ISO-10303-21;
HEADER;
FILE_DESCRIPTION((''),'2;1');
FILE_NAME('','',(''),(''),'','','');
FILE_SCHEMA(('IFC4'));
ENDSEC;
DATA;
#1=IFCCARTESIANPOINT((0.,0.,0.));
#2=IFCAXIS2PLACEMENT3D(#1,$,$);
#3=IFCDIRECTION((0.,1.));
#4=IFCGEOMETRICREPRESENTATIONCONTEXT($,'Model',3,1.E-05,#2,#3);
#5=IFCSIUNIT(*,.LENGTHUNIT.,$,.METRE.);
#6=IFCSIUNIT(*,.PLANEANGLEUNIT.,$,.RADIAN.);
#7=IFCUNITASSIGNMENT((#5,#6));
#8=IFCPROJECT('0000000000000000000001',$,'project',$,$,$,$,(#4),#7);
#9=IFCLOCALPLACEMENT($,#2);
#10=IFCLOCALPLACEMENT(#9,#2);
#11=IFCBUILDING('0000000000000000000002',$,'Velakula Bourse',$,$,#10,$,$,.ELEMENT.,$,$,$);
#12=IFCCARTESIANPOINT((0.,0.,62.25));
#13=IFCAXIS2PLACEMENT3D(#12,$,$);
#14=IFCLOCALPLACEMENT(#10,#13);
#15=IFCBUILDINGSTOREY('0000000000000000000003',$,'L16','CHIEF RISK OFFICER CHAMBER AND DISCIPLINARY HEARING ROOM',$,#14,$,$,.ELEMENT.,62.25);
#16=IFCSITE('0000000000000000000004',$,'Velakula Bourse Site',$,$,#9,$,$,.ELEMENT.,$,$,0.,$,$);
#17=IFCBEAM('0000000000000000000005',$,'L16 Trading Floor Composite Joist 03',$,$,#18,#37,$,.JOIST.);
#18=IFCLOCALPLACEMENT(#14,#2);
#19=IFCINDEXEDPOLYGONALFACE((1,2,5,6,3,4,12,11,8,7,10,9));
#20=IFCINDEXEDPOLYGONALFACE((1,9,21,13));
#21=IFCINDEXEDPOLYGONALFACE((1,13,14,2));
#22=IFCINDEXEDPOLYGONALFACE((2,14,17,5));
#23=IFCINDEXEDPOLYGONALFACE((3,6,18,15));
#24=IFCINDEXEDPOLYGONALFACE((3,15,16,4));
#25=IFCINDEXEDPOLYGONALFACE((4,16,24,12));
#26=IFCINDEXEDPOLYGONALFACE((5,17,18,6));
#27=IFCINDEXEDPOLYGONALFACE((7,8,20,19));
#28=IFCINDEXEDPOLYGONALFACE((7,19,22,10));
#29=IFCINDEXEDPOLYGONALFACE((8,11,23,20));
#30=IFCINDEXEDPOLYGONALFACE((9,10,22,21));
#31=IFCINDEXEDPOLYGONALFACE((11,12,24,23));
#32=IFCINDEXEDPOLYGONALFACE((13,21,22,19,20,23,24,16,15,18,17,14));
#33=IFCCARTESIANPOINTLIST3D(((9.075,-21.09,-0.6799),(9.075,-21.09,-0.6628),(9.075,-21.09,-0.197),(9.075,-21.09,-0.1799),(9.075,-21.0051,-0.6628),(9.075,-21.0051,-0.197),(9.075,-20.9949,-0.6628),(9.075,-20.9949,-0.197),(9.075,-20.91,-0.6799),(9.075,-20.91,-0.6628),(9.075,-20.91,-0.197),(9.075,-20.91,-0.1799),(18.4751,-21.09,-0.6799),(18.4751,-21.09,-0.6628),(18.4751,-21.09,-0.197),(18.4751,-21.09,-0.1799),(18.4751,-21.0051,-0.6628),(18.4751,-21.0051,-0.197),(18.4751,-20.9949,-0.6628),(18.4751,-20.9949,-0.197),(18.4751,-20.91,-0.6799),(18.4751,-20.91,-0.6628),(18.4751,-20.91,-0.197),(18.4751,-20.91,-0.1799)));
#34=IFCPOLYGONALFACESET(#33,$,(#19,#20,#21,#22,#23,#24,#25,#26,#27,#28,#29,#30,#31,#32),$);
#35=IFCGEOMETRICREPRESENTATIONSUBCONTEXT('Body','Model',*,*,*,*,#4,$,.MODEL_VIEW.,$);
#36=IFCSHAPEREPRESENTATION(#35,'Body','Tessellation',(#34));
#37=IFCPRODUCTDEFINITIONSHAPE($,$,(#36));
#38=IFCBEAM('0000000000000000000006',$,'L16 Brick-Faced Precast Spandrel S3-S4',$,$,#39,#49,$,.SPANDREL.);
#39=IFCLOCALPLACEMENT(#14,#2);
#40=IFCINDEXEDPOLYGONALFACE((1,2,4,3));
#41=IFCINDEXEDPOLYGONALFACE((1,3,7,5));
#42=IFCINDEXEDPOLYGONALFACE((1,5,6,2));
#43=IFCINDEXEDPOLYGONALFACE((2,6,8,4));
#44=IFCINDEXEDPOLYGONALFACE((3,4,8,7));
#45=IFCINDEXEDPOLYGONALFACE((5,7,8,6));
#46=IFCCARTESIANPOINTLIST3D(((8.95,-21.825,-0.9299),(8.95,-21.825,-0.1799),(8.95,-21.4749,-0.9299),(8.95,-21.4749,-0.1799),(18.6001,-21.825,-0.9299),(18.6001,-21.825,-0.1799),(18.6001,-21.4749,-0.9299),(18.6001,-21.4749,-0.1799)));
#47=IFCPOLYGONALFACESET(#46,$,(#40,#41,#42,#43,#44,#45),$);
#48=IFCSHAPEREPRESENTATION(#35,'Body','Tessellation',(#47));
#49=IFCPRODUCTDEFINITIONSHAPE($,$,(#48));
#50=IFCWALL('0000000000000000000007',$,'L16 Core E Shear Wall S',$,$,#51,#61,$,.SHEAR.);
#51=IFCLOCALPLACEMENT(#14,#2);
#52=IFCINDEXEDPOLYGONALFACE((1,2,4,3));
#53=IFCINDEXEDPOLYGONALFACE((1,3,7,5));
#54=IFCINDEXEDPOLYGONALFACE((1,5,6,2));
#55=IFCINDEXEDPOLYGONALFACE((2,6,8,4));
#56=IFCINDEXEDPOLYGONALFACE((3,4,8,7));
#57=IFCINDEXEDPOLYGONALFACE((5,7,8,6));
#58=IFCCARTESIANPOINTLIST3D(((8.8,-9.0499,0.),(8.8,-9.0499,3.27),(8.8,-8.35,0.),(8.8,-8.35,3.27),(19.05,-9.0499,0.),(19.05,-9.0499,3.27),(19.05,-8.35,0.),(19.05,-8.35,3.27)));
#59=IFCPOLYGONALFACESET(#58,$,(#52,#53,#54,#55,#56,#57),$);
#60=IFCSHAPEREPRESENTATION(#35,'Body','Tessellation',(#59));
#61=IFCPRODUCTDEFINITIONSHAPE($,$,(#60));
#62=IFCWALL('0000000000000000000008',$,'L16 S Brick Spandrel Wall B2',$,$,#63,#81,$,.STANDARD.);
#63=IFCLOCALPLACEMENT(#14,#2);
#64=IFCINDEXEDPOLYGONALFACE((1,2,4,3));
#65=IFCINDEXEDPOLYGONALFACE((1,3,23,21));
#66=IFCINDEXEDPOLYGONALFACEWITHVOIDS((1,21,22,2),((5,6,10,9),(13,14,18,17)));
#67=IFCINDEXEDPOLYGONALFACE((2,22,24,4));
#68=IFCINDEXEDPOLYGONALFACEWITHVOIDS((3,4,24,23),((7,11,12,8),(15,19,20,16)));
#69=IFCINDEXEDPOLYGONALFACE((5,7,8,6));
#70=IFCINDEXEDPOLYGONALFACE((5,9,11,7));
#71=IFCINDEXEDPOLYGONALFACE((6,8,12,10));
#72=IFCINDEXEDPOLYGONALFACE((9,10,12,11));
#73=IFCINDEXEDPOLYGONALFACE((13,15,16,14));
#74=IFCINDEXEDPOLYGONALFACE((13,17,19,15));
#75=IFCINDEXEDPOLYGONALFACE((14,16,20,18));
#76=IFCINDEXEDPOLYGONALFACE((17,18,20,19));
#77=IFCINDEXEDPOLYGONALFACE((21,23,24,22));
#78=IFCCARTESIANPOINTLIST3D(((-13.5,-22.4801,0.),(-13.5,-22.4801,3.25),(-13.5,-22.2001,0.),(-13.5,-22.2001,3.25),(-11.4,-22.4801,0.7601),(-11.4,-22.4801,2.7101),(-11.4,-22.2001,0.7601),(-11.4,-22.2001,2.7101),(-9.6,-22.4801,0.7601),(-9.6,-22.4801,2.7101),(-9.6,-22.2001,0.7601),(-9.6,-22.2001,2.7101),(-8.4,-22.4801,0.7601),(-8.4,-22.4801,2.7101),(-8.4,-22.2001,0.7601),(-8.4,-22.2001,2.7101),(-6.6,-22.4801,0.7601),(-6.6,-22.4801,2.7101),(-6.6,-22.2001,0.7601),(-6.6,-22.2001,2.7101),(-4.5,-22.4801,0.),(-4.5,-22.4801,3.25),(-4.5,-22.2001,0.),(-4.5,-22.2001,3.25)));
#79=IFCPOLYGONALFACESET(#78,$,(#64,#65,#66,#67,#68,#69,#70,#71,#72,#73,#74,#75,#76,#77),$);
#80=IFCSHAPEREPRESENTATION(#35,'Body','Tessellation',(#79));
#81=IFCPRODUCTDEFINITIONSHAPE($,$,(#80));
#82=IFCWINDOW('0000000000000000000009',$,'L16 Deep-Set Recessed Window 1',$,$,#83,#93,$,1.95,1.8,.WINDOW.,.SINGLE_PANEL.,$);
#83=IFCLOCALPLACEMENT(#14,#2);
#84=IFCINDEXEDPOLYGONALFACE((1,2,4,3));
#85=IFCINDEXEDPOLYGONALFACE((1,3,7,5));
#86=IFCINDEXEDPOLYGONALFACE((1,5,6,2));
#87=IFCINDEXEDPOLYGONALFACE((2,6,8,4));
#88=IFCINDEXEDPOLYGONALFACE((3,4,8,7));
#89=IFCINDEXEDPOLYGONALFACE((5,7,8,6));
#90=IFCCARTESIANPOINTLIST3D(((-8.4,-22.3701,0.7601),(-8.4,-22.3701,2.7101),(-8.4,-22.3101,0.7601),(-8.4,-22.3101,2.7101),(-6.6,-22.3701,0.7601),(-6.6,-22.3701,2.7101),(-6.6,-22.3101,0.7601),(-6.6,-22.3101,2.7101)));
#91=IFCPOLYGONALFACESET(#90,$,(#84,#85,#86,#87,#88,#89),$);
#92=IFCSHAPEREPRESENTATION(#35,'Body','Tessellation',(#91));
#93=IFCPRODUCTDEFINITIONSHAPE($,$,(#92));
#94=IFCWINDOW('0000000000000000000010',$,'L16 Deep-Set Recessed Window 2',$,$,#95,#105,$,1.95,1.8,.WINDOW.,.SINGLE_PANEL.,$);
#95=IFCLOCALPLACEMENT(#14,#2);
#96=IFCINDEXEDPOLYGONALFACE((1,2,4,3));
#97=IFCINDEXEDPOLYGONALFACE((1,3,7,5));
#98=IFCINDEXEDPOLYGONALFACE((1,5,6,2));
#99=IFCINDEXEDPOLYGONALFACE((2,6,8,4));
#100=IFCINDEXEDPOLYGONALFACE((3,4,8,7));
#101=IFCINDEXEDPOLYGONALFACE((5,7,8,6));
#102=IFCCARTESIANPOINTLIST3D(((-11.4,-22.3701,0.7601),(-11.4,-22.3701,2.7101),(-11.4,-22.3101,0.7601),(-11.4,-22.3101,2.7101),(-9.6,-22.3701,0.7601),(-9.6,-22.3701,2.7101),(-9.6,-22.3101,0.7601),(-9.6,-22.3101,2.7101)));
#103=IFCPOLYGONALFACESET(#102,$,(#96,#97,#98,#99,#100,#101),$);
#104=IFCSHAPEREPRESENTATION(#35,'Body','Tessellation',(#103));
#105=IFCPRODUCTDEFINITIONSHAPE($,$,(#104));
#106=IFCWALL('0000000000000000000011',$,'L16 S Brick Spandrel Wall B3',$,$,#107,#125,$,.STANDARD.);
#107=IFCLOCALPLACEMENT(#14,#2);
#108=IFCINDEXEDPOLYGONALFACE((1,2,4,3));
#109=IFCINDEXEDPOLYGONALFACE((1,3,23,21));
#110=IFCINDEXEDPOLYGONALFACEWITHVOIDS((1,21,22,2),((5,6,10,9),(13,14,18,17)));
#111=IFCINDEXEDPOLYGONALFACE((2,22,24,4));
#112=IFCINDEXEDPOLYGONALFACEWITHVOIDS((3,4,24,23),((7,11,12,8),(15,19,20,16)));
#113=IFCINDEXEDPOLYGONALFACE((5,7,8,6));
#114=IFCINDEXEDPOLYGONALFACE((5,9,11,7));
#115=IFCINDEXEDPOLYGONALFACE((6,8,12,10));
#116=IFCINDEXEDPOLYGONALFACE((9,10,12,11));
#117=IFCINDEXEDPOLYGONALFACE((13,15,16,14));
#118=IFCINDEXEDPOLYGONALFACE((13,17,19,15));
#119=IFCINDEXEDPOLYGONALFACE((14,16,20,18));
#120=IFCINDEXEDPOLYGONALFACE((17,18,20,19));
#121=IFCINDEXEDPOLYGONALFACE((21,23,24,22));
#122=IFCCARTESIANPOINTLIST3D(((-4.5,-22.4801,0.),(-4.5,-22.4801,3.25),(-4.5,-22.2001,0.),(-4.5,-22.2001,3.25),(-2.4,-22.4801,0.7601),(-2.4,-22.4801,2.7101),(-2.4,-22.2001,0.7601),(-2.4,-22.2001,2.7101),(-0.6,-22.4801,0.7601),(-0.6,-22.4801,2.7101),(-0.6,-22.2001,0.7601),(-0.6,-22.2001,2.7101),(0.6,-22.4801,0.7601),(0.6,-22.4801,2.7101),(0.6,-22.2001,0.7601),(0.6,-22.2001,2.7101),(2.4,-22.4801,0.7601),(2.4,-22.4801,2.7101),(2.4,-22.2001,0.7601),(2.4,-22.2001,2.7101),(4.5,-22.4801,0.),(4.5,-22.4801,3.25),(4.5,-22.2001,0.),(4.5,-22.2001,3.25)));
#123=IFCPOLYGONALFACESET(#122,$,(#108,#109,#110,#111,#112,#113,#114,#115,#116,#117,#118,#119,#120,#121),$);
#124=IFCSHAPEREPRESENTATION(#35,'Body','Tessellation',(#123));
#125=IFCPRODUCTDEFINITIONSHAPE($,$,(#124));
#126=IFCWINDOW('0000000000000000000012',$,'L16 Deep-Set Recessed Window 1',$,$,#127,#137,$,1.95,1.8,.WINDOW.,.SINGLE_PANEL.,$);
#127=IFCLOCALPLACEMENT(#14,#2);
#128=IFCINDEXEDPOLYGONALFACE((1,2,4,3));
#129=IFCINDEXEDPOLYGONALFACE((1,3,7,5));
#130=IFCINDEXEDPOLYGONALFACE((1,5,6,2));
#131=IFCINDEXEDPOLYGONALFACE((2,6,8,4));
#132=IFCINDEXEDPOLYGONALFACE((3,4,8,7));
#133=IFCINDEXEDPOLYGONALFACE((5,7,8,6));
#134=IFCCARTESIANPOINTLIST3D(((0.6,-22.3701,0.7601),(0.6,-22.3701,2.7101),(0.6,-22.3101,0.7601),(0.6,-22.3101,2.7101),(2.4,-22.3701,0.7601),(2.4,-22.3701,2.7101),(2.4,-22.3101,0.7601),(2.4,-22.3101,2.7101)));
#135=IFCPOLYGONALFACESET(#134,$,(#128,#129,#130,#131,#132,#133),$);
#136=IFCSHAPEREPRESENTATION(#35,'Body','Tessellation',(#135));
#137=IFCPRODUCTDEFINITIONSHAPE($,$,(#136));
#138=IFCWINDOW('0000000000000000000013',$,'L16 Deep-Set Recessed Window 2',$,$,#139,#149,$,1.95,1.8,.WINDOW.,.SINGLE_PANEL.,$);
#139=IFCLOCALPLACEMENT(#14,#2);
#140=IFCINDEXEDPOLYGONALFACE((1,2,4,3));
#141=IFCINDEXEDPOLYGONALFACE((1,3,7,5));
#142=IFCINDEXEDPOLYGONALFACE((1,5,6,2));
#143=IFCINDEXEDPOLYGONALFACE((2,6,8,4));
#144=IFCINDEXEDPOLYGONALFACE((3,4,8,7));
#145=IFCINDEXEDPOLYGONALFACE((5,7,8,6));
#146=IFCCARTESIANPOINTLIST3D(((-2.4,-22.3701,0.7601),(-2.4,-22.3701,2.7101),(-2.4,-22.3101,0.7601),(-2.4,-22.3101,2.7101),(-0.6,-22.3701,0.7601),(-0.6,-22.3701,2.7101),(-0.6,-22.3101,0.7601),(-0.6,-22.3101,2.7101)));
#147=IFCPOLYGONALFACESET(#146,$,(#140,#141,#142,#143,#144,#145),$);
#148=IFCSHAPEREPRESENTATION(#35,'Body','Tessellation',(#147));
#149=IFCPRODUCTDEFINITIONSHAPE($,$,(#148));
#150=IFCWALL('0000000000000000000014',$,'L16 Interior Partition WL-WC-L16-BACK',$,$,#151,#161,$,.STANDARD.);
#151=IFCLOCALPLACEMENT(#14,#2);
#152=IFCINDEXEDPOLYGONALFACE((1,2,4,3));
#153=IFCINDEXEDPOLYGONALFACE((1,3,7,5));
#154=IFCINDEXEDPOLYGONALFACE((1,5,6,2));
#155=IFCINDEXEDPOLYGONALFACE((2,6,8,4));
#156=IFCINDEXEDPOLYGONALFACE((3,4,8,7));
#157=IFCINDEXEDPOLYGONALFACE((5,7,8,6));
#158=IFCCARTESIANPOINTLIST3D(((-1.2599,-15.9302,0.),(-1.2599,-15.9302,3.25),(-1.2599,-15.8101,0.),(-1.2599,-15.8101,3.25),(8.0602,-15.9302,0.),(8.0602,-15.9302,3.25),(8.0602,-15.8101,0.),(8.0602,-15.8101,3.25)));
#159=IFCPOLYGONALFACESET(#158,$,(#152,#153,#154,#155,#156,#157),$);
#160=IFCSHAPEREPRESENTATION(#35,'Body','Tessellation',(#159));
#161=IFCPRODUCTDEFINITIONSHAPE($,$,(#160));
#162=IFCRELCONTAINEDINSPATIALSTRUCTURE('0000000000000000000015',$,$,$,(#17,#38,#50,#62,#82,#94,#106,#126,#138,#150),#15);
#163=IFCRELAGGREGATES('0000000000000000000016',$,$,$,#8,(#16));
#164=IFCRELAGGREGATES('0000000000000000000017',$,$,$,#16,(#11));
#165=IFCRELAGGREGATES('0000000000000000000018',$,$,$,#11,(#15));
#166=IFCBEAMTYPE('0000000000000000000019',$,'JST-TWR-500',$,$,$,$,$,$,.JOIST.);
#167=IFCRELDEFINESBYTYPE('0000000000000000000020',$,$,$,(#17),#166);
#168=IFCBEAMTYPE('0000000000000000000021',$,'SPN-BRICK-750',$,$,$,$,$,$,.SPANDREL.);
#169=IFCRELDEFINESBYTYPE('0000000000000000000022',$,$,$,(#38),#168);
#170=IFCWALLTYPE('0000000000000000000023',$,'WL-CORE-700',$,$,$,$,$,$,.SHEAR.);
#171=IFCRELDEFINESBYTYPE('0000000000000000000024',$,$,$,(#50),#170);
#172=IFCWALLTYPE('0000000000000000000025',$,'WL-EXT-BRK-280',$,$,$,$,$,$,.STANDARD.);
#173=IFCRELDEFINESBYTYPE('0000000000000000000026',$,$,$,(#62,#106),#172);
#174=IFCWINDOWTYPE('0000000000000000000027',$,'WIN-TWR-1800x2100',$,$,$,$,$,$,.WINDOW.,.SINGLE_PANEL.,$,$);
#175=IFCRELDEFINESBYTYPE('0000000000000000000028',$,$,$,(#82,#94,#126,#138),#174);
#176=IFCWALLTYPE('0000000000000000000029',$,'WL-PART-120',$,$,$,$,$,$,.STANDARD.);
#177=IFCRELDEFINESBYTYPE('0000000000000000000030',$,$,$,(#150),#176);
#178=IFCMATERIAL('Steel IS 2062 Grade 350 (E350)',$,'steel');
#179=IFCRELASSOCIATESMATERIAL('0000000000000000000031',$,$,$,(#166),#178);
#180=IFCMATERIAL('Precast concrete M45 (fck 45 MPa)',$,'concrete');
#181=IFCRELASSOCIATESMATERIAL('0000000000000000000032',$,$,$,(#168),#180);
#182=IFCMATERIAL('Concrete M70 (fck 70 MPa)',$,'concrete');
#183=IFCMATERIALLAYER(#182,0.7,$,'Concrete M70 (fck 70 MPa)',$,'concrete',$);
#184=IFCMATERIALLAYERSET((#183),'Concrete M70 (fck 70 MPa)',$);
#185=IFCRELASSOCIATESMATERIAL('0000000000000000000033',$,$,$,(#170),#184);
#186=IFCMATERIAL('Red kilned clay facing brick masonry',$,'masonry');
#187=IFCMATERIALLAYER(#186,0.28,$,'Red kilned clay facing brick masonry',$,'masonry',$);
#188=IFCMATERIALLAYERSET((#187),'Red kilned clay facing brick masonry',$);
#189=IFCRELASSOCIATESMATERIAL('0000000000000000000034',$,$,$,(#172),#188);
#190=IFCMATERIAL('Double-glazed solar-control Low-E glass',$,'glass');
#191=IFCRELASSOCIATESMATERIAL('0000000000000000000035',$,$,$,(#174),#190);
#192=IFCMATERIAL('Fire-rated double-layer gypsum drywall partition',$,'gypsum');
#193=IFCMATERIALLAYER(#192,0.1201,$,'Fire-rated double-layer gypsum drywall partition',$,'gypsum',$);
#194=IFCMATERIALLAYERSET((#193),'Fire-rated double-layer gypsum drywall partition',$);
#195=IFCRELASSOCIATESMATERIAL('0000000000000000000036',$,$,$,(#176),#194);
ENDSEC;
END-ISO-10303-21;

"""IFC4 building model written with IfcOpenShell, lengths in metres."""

from ifc_helpers import new_model, si_unit, direction, frame, frame_2d, origin, origin_2d, place, context, subcontext, project, spatial, rectangle, i_section, extrude, material, layer, layer_set, material_profile, profile_set, type_object, element, fill, save


model = new_model("IFC4")

# Units and contexts
model_context = context("Model", 3, precision=1e-05, world=origin(), true_north=direction((0.0, 1.0)))
body_context = subcontext(model_context, "Body", "Model", "MODEL_VIEW")
ifc_project = project(units=[si_unit("LENGTHUNIT", "METRE"), si_unit("PLANEANGLEUNIT", "RADIAN")], contexts=[model_context])

# Site, building, storey
site_placement = place(None, origin())
site = spatial("IfcSite", under=ifc_project, at=site_placement, Name="Velakula Bourse Site", CompositionType="ELEMENT", RefElevation=0.0)
building_placement = place(site_placement, origin())
building = spatial("IfcBuilding", under=site, at=building_placement, Name="Velakula Bourse", CompositionType="ELEMENT")
storey_placement = place(building_placement, frame((0.0, 0.0, 62.25)))
storey = spatial("IfcBuildingStorey", under=building, at=storey_placement, Name="L16", Description="CHIEF RISK OFFICER CHAMBER AND DISCIPLINARY HEARING ROOM", CompositionType="ELEMENT", Elevation=62.25)

# Shared definitions
ifc_material_1 = material(Name="Concrete M70 (fck 70 MPa)", Category="concrete")

# Beams
ifc_material_2 = material(Name="Steel IS 2062 Grade 350 (E350)", Category="steel")
ifc_material_profile_1 = material_profile(ifc_material_2, i_section(OverallWidth=0.1799, OverallDepth=0.5, WebThickness=0.0103, FlangeThickness=0.0171, at=origin_2d()), Name="Steel IS 2062 Grade 350 (E350)")
ifc_profile_set_1 = profile_set([ifc_material_profile_1], Name="Steel IS 2062 Grade 350 (E350)")
beam_type_1 = type_object("IfcBeamType", Name="JST-TWR-500", PredefinedType="JOIST", material=ifc_profile_set_1)
beam_1_placement = place(storey_placement, frame((9.075, -21.0, -0.4299), z_axis=(1.0, 0.0, 0.0), x_axis=(0.0, 1.0, 0.0)))
element("IfcBeam", 1, at=beam_1_placement, inside=storey, type_object=beam_type_1, Name="L16 Trading Floor Composite Joist 03", PredefinedType="JOIST", context=body_context, shape_type="SweptSolid", body=[
    extrude(i_section(OverallWidth=0.1799, OverallDepth=0.5, WebThickness=0.0103, FlangeThickness=0.0171, at=origin_2d()), origin(), (0.0, 0.0, 1.0), 9.4001),
])
ifc_material_3 = material(Name="Precast concrete M45 (fck 45 MPa)", Category="concrete")
ifc_material_profile_2 = material_profile(ifc_material_3, rectangle(XDim=0.3501, YDim=0.75, at=origin_2d()), Name="Precast concrete M45 (fck 45 MPa)")
ifc_profile_set_2 = profile_set([ifc_material_profile_2], Name="Precast concrete M45 (fck 45 MPa)")
beam_type_2 = type_object("IfcBeamType", Name="SPN-BRICK-750", PredefinedType="SPANDREL", material=ifc_profile_set_2)
beam_2_placement = place(storey_placement, frame((8.95, -21.6499, -0.5549), z_axis=(1.0, 0.0, 0.0), x_axis=(0.0, 1.0, 0.0)))
element("IfcBeam", 2, at=beam_2_placement, inside=storey, type_object=beam_type_2, Name="L16 Brick-Faced Precast Spandrel S3-S4", PredefinedType="SPANDREL", context=body_context, shape_type="SweptSolid", body=[
    extrude(rectangle(XDim=0.3501, YDim=0.75, at=origin_2d()), origin(), (0.0, 0.0, 1.0), 9.6501),
])

# Wall
ifc_layer_1 = layer(ifc_material_1, 0.7, Name="Concrete M70 (fck 70 MPa)", Category="concrete")
ifc_layer_set_1 = layer_set([ifc_layer_1], Name="Concrete M70 (fck 70 MPa)")
wall_type_1 = type_object("IfcWallType", Name="WL-CORE-700", PredefinedType="SHEAR", material=ifc_layer_set_1)
wall_1_placement = place(storey_placement, frame((8.8, -8.7, 0.0), z_axis=(0.0, 0.0, 1.0), x_axis=(1.0, 0.0, 0.0)))
element("IfcWall", 3, at=wall_1_placement, inside=storey, type_object=wall_type_1, Name="L16 Core E Shear Wall S", PredefinedType="SHEAR", context=body_context, shape_type="SweptSolid", body=[
    extrude(rectangle(XDim=10.25, YDim=0.7, at=frame_2d((5.125, 0.0))), origin(), (0.0, 0.0, 1.0), 3.27),
])

# Walls, openings, windows
ifc_material_4 = material(Name="Red kilned clay facing brick masonry", Category="masonry")
ifc_layer_2 = layer(ifc_material_4, 0.28, Name="Red kilned clay facing brick masonry", Category="masonry")
ifc_layer_set_2 = layer_set([ifc_layer_2], Name="Red kilned clay facing brick masonry")
wall_type_2 = type_object("IfcWallType", Name="WL-EXT-BRK-280", PredefinedType="STANDARD", material=ifc_layer_set_2)
wall_2_placement = place(storey_placement, frame((-4.5, -22.3401, 0.0), z_axis=(0.0, 0.0, 1.0), x_axis=(-1.0, 0.0, 0.0)))
wall_2 = element("IfcWall", 4, at=wall_2_placement, inside=storey, type_object=wall_type_2, Name="L16 S Brick Spandrel Wall B2", PredefinedType="STANDARD", context=body_context, shape_type="SweptSolid", body=[
    extrude(rectangle(XDim=9.0, YDim=0.28, at=frame_2d((4.5, 0.0))), origin(), (0.0, 0.0, 1.0), 3.25),
])
opening_1_placement = place(wall_2_placement, frame((2.1001, 0.0, 0.76)))
opening_1 = element("IfcOpeningElement", 5, at=opening_1_placement, cuts=wall_2, PredefinedType="OPENING", context=body_context, shape_type="SweptSolid", body=[
    extrude(rectangle(XDim=1.8, YDim=1.95, at=frame_2d((0.8999, 0.9751))), frame((0.0, 0.1499, 0.0), z_axis=(0.0, -1.0, 0.0), x_axis=(1.0, 0.0, 0.0)), (0.0, 0.0, 1.0), 0.3),
])
opening_2_placement = place(wall_2_placement, frame((5.1001, 0.0, 0.76)))
opening_2 = element("IfcOpeningElement", 6, at=opening_2_placement, cuts=wall_2, PredefinedType="OPENING", context=body_context, shape_type="SweptSolid", body=[
    extrude(rectangle(XDim=1.8, YDim=1.95, at=frame_2d((0.8999, 0.9751))), frame((0.0, 0.1499, 0.0), z_axis=(0.0, -1.0, 0.0), x_axis=(1.0, 0.0, 0.0)), (0.0, 0.0, 1.0), 0.3),
])
ifc_material_5 = material(Name="Double-glazed solar-control Low-E glass", Category="glass")
window_type = type_object("IfcWindowType", Name="WIN-TWR-1800x2100", PartitioningType="SINGLE_PANEL", PredefinedType="WINDOW", material=ifc_material_5)
window_1_placement = place(opening_1_placement, origin())
window_1 = element("IfcWindow", 7, at=window_1_placement, inside=storey, type_object=window_type, Name="L16 Deep-Set Recessed Window 1", OverallHeight=1.95, OverallWidth=1.8, PartitioningType="SINGLE_PANEL", PredefinedType="WINDOW", context=body_context, shape_type="SweptSolid", body=[
    extrude(rectangle(XDim=1.8, YDim=1.95, at=frame_2d((0.8999, 0.9751))), frame((0.0, 0.03, 0.0), z_axis=(0.0, -1.0, 0.0), x_axis=(1.0, 0.0, 0.0)), (0.0, 0.0, 1.0), 0.0601),
])
fill(opening_1, window_1)
window_2_placement = place(opening_2_placement, origin())
window_2 = element("IfcWindow", 8, at=window_2_placement, inside=storey, type_object=window_type, Name="L16 Deep-Set Recessed Window 2", OverallHeight=1.95, OverallWidth=1.8, PartitioningType="SINGLE_PANEL", PredefinedType="WINDOW", context=body_context, shape_type="SweptSolid", body=[
    extrude(rectangle(XDim=1.8, YDim=1.95, at=frame_2d((0.8999, 0.9751))), frame((0.0, 0.03, 0.0), z_axis=(0.0, -1.0, 0.0), x_axis=(1.0, 0.0, 0.0)), (0.0, 0.0, 1.0), 0.0601),
])
fill(opening_2, window_2)
wall_3_placement = place(storey_placement, frame((4.5, -22.3401, 0.0), z_axis=(0.0, 0.0, 1.0), x_axis=(-1.0, 0.0, 0.0)))
wall_3 = element("IfcWall", 9, at=wall_3_placement, inside=storey, type_object=wall_type_2, Name="L16 S Brick Spandrel Wall B3", PredefinedType="STANDARD", context=body_context, shape_type="SweptSolid", body=[
    extrude(rectangle(XDim=9.0, YDim=0.28, at=frame_2d((4.5, 0.0))), origin(), (0.0, 0.0, 1.0), 3.25),
])
opening_3_placement = place(wall_3_placement, frame((2.1001, 0.0, 0.76)))
opening_3 = element("IfcOpeningElement", 10, at=opening_3_placement, cuts=wall_3, PredefinedType="OPENING", context=body_context, shape_type="SweptSolid", body=[
    extrude(rectangle(XDim=1.8, YDim=1.95, at=frame_2d((0.8999, 0.9751))), frame((0.0, 0.1499, 0.0), z_axis=(0.0, -1.0, 0.0), x_axis=(1.0, 0.0, 0.0)), (0.0, 0.0, 1.0), 0.3),
])
opening_4_placement = place(wall_3_placement, frame((5.1001, 0.0, 0.76)))
opening_4 = element("IfcOpeningElement", 11, at=opening_4_placement, cuts=wall_3, PredefinedType="OPENING", context=body_context, shape_type="SweptSolid", body=[
    extrude(rectangle(XDim=1.8, YDim=1.95, at=frame_2d((0.8999, 0.9751))), frame((0.0, 0.1499, 0.0), z_axis=(0.0, -1.0, 0.0), x_axis=(1.0, 0.0, 0.0)), (0.0, 0.0, 1.0), 0.3),
])
window_3_placement = place(opening_3_placement, origin())
window_3 = element("IfcWindow", 12, at=window_3_placement, inside=storey, type_object=window_type, Name="L16 Deep-Set Recessed Window 1", OverallHeight=1.95, OverallWidth=1.8, PartitioningType="SINGLE_PANEL", PredefinedType="WINDOW", context=body_context, shape_type="SweptSolid", body=[
    extrude(rectangle(XDim=1.8, YDim=1.95, at=frame_2d((0.8999, 0.9751))), frame((0.0, 0.03, 0.0), z_axis=(0.0, -1.0, 0.0), x_axis=(1.0, 0.0, 0.0)), (0.0, 0.0, 1.0), 0.0601),
])
fill(opening_3, window_3)
window_4_placement = place(opening_4_placement, origin())
window_4 = element("IfcWindow", 13, at=window_4_placement, inside=storey, type_object=window_type, Name="L16 Deep-Set Recessed Window 2", OverallHeight=1.95, OverallWidth=1.8, PartitioningType="SINGLE_PANEL", PredefinedType="WINDOW", context=body_context, shape_type="SweptSolid", body=[
    extrude(rectangle(XDim=1.8, YDim=1.95, at=frame_2d((0.8999, 0.9751))), frame((0.0, 0.03, 0.0), z_axis=(0.0, -1.0, 0.0), x_axis=(1.0, 0.0, 0.0)), (0.0, 0.0, 1.0), 0.0601),
])
fill(opening_4, window_4)

# Wall
ifc_material_6 = material(Name="Fire-rated double-layer gypsum drywall partition", Category="gypsum")
ifc_layer_3 = layer(ifc_material_6, 0.1201, Name="Fire-rated double-layer gypsum drywall partition", Category="gypsum")
ifc_layer_set_3 = layer_set([ifc_layer_3], Name="Fire-rated double-layer gypsum drywall partition")
wall_type_3 = type_object("IfcWallType", Name="WL-PART-120", PredefinedType="STANDARD", material=ifc_layer_set_3)
wall_4_placement = place(storey_placement, frame((-1.26, -15.8701, 0.0), z_axis=(0.0, 0.0, 1.0), x_axis=(1.0, 0.0, 0.0)))
element("IfcWall", 14, at=wall_4_placement, inside=storey, type_object=wall_type_3, Name="L16 Interior Partition WL-WC-L16-BACK", PredefinedType="STANDARD", context=body_context, shape_type="SweptSolid", body=[
    extrude(rectangle(XDim=9.3201, YDim=0.1201, at=frame_2d((4.6602, 0.0))), origin(), (0.0, 0.0, 1.0), 3.25),
])

save(model, "model.ifc")
